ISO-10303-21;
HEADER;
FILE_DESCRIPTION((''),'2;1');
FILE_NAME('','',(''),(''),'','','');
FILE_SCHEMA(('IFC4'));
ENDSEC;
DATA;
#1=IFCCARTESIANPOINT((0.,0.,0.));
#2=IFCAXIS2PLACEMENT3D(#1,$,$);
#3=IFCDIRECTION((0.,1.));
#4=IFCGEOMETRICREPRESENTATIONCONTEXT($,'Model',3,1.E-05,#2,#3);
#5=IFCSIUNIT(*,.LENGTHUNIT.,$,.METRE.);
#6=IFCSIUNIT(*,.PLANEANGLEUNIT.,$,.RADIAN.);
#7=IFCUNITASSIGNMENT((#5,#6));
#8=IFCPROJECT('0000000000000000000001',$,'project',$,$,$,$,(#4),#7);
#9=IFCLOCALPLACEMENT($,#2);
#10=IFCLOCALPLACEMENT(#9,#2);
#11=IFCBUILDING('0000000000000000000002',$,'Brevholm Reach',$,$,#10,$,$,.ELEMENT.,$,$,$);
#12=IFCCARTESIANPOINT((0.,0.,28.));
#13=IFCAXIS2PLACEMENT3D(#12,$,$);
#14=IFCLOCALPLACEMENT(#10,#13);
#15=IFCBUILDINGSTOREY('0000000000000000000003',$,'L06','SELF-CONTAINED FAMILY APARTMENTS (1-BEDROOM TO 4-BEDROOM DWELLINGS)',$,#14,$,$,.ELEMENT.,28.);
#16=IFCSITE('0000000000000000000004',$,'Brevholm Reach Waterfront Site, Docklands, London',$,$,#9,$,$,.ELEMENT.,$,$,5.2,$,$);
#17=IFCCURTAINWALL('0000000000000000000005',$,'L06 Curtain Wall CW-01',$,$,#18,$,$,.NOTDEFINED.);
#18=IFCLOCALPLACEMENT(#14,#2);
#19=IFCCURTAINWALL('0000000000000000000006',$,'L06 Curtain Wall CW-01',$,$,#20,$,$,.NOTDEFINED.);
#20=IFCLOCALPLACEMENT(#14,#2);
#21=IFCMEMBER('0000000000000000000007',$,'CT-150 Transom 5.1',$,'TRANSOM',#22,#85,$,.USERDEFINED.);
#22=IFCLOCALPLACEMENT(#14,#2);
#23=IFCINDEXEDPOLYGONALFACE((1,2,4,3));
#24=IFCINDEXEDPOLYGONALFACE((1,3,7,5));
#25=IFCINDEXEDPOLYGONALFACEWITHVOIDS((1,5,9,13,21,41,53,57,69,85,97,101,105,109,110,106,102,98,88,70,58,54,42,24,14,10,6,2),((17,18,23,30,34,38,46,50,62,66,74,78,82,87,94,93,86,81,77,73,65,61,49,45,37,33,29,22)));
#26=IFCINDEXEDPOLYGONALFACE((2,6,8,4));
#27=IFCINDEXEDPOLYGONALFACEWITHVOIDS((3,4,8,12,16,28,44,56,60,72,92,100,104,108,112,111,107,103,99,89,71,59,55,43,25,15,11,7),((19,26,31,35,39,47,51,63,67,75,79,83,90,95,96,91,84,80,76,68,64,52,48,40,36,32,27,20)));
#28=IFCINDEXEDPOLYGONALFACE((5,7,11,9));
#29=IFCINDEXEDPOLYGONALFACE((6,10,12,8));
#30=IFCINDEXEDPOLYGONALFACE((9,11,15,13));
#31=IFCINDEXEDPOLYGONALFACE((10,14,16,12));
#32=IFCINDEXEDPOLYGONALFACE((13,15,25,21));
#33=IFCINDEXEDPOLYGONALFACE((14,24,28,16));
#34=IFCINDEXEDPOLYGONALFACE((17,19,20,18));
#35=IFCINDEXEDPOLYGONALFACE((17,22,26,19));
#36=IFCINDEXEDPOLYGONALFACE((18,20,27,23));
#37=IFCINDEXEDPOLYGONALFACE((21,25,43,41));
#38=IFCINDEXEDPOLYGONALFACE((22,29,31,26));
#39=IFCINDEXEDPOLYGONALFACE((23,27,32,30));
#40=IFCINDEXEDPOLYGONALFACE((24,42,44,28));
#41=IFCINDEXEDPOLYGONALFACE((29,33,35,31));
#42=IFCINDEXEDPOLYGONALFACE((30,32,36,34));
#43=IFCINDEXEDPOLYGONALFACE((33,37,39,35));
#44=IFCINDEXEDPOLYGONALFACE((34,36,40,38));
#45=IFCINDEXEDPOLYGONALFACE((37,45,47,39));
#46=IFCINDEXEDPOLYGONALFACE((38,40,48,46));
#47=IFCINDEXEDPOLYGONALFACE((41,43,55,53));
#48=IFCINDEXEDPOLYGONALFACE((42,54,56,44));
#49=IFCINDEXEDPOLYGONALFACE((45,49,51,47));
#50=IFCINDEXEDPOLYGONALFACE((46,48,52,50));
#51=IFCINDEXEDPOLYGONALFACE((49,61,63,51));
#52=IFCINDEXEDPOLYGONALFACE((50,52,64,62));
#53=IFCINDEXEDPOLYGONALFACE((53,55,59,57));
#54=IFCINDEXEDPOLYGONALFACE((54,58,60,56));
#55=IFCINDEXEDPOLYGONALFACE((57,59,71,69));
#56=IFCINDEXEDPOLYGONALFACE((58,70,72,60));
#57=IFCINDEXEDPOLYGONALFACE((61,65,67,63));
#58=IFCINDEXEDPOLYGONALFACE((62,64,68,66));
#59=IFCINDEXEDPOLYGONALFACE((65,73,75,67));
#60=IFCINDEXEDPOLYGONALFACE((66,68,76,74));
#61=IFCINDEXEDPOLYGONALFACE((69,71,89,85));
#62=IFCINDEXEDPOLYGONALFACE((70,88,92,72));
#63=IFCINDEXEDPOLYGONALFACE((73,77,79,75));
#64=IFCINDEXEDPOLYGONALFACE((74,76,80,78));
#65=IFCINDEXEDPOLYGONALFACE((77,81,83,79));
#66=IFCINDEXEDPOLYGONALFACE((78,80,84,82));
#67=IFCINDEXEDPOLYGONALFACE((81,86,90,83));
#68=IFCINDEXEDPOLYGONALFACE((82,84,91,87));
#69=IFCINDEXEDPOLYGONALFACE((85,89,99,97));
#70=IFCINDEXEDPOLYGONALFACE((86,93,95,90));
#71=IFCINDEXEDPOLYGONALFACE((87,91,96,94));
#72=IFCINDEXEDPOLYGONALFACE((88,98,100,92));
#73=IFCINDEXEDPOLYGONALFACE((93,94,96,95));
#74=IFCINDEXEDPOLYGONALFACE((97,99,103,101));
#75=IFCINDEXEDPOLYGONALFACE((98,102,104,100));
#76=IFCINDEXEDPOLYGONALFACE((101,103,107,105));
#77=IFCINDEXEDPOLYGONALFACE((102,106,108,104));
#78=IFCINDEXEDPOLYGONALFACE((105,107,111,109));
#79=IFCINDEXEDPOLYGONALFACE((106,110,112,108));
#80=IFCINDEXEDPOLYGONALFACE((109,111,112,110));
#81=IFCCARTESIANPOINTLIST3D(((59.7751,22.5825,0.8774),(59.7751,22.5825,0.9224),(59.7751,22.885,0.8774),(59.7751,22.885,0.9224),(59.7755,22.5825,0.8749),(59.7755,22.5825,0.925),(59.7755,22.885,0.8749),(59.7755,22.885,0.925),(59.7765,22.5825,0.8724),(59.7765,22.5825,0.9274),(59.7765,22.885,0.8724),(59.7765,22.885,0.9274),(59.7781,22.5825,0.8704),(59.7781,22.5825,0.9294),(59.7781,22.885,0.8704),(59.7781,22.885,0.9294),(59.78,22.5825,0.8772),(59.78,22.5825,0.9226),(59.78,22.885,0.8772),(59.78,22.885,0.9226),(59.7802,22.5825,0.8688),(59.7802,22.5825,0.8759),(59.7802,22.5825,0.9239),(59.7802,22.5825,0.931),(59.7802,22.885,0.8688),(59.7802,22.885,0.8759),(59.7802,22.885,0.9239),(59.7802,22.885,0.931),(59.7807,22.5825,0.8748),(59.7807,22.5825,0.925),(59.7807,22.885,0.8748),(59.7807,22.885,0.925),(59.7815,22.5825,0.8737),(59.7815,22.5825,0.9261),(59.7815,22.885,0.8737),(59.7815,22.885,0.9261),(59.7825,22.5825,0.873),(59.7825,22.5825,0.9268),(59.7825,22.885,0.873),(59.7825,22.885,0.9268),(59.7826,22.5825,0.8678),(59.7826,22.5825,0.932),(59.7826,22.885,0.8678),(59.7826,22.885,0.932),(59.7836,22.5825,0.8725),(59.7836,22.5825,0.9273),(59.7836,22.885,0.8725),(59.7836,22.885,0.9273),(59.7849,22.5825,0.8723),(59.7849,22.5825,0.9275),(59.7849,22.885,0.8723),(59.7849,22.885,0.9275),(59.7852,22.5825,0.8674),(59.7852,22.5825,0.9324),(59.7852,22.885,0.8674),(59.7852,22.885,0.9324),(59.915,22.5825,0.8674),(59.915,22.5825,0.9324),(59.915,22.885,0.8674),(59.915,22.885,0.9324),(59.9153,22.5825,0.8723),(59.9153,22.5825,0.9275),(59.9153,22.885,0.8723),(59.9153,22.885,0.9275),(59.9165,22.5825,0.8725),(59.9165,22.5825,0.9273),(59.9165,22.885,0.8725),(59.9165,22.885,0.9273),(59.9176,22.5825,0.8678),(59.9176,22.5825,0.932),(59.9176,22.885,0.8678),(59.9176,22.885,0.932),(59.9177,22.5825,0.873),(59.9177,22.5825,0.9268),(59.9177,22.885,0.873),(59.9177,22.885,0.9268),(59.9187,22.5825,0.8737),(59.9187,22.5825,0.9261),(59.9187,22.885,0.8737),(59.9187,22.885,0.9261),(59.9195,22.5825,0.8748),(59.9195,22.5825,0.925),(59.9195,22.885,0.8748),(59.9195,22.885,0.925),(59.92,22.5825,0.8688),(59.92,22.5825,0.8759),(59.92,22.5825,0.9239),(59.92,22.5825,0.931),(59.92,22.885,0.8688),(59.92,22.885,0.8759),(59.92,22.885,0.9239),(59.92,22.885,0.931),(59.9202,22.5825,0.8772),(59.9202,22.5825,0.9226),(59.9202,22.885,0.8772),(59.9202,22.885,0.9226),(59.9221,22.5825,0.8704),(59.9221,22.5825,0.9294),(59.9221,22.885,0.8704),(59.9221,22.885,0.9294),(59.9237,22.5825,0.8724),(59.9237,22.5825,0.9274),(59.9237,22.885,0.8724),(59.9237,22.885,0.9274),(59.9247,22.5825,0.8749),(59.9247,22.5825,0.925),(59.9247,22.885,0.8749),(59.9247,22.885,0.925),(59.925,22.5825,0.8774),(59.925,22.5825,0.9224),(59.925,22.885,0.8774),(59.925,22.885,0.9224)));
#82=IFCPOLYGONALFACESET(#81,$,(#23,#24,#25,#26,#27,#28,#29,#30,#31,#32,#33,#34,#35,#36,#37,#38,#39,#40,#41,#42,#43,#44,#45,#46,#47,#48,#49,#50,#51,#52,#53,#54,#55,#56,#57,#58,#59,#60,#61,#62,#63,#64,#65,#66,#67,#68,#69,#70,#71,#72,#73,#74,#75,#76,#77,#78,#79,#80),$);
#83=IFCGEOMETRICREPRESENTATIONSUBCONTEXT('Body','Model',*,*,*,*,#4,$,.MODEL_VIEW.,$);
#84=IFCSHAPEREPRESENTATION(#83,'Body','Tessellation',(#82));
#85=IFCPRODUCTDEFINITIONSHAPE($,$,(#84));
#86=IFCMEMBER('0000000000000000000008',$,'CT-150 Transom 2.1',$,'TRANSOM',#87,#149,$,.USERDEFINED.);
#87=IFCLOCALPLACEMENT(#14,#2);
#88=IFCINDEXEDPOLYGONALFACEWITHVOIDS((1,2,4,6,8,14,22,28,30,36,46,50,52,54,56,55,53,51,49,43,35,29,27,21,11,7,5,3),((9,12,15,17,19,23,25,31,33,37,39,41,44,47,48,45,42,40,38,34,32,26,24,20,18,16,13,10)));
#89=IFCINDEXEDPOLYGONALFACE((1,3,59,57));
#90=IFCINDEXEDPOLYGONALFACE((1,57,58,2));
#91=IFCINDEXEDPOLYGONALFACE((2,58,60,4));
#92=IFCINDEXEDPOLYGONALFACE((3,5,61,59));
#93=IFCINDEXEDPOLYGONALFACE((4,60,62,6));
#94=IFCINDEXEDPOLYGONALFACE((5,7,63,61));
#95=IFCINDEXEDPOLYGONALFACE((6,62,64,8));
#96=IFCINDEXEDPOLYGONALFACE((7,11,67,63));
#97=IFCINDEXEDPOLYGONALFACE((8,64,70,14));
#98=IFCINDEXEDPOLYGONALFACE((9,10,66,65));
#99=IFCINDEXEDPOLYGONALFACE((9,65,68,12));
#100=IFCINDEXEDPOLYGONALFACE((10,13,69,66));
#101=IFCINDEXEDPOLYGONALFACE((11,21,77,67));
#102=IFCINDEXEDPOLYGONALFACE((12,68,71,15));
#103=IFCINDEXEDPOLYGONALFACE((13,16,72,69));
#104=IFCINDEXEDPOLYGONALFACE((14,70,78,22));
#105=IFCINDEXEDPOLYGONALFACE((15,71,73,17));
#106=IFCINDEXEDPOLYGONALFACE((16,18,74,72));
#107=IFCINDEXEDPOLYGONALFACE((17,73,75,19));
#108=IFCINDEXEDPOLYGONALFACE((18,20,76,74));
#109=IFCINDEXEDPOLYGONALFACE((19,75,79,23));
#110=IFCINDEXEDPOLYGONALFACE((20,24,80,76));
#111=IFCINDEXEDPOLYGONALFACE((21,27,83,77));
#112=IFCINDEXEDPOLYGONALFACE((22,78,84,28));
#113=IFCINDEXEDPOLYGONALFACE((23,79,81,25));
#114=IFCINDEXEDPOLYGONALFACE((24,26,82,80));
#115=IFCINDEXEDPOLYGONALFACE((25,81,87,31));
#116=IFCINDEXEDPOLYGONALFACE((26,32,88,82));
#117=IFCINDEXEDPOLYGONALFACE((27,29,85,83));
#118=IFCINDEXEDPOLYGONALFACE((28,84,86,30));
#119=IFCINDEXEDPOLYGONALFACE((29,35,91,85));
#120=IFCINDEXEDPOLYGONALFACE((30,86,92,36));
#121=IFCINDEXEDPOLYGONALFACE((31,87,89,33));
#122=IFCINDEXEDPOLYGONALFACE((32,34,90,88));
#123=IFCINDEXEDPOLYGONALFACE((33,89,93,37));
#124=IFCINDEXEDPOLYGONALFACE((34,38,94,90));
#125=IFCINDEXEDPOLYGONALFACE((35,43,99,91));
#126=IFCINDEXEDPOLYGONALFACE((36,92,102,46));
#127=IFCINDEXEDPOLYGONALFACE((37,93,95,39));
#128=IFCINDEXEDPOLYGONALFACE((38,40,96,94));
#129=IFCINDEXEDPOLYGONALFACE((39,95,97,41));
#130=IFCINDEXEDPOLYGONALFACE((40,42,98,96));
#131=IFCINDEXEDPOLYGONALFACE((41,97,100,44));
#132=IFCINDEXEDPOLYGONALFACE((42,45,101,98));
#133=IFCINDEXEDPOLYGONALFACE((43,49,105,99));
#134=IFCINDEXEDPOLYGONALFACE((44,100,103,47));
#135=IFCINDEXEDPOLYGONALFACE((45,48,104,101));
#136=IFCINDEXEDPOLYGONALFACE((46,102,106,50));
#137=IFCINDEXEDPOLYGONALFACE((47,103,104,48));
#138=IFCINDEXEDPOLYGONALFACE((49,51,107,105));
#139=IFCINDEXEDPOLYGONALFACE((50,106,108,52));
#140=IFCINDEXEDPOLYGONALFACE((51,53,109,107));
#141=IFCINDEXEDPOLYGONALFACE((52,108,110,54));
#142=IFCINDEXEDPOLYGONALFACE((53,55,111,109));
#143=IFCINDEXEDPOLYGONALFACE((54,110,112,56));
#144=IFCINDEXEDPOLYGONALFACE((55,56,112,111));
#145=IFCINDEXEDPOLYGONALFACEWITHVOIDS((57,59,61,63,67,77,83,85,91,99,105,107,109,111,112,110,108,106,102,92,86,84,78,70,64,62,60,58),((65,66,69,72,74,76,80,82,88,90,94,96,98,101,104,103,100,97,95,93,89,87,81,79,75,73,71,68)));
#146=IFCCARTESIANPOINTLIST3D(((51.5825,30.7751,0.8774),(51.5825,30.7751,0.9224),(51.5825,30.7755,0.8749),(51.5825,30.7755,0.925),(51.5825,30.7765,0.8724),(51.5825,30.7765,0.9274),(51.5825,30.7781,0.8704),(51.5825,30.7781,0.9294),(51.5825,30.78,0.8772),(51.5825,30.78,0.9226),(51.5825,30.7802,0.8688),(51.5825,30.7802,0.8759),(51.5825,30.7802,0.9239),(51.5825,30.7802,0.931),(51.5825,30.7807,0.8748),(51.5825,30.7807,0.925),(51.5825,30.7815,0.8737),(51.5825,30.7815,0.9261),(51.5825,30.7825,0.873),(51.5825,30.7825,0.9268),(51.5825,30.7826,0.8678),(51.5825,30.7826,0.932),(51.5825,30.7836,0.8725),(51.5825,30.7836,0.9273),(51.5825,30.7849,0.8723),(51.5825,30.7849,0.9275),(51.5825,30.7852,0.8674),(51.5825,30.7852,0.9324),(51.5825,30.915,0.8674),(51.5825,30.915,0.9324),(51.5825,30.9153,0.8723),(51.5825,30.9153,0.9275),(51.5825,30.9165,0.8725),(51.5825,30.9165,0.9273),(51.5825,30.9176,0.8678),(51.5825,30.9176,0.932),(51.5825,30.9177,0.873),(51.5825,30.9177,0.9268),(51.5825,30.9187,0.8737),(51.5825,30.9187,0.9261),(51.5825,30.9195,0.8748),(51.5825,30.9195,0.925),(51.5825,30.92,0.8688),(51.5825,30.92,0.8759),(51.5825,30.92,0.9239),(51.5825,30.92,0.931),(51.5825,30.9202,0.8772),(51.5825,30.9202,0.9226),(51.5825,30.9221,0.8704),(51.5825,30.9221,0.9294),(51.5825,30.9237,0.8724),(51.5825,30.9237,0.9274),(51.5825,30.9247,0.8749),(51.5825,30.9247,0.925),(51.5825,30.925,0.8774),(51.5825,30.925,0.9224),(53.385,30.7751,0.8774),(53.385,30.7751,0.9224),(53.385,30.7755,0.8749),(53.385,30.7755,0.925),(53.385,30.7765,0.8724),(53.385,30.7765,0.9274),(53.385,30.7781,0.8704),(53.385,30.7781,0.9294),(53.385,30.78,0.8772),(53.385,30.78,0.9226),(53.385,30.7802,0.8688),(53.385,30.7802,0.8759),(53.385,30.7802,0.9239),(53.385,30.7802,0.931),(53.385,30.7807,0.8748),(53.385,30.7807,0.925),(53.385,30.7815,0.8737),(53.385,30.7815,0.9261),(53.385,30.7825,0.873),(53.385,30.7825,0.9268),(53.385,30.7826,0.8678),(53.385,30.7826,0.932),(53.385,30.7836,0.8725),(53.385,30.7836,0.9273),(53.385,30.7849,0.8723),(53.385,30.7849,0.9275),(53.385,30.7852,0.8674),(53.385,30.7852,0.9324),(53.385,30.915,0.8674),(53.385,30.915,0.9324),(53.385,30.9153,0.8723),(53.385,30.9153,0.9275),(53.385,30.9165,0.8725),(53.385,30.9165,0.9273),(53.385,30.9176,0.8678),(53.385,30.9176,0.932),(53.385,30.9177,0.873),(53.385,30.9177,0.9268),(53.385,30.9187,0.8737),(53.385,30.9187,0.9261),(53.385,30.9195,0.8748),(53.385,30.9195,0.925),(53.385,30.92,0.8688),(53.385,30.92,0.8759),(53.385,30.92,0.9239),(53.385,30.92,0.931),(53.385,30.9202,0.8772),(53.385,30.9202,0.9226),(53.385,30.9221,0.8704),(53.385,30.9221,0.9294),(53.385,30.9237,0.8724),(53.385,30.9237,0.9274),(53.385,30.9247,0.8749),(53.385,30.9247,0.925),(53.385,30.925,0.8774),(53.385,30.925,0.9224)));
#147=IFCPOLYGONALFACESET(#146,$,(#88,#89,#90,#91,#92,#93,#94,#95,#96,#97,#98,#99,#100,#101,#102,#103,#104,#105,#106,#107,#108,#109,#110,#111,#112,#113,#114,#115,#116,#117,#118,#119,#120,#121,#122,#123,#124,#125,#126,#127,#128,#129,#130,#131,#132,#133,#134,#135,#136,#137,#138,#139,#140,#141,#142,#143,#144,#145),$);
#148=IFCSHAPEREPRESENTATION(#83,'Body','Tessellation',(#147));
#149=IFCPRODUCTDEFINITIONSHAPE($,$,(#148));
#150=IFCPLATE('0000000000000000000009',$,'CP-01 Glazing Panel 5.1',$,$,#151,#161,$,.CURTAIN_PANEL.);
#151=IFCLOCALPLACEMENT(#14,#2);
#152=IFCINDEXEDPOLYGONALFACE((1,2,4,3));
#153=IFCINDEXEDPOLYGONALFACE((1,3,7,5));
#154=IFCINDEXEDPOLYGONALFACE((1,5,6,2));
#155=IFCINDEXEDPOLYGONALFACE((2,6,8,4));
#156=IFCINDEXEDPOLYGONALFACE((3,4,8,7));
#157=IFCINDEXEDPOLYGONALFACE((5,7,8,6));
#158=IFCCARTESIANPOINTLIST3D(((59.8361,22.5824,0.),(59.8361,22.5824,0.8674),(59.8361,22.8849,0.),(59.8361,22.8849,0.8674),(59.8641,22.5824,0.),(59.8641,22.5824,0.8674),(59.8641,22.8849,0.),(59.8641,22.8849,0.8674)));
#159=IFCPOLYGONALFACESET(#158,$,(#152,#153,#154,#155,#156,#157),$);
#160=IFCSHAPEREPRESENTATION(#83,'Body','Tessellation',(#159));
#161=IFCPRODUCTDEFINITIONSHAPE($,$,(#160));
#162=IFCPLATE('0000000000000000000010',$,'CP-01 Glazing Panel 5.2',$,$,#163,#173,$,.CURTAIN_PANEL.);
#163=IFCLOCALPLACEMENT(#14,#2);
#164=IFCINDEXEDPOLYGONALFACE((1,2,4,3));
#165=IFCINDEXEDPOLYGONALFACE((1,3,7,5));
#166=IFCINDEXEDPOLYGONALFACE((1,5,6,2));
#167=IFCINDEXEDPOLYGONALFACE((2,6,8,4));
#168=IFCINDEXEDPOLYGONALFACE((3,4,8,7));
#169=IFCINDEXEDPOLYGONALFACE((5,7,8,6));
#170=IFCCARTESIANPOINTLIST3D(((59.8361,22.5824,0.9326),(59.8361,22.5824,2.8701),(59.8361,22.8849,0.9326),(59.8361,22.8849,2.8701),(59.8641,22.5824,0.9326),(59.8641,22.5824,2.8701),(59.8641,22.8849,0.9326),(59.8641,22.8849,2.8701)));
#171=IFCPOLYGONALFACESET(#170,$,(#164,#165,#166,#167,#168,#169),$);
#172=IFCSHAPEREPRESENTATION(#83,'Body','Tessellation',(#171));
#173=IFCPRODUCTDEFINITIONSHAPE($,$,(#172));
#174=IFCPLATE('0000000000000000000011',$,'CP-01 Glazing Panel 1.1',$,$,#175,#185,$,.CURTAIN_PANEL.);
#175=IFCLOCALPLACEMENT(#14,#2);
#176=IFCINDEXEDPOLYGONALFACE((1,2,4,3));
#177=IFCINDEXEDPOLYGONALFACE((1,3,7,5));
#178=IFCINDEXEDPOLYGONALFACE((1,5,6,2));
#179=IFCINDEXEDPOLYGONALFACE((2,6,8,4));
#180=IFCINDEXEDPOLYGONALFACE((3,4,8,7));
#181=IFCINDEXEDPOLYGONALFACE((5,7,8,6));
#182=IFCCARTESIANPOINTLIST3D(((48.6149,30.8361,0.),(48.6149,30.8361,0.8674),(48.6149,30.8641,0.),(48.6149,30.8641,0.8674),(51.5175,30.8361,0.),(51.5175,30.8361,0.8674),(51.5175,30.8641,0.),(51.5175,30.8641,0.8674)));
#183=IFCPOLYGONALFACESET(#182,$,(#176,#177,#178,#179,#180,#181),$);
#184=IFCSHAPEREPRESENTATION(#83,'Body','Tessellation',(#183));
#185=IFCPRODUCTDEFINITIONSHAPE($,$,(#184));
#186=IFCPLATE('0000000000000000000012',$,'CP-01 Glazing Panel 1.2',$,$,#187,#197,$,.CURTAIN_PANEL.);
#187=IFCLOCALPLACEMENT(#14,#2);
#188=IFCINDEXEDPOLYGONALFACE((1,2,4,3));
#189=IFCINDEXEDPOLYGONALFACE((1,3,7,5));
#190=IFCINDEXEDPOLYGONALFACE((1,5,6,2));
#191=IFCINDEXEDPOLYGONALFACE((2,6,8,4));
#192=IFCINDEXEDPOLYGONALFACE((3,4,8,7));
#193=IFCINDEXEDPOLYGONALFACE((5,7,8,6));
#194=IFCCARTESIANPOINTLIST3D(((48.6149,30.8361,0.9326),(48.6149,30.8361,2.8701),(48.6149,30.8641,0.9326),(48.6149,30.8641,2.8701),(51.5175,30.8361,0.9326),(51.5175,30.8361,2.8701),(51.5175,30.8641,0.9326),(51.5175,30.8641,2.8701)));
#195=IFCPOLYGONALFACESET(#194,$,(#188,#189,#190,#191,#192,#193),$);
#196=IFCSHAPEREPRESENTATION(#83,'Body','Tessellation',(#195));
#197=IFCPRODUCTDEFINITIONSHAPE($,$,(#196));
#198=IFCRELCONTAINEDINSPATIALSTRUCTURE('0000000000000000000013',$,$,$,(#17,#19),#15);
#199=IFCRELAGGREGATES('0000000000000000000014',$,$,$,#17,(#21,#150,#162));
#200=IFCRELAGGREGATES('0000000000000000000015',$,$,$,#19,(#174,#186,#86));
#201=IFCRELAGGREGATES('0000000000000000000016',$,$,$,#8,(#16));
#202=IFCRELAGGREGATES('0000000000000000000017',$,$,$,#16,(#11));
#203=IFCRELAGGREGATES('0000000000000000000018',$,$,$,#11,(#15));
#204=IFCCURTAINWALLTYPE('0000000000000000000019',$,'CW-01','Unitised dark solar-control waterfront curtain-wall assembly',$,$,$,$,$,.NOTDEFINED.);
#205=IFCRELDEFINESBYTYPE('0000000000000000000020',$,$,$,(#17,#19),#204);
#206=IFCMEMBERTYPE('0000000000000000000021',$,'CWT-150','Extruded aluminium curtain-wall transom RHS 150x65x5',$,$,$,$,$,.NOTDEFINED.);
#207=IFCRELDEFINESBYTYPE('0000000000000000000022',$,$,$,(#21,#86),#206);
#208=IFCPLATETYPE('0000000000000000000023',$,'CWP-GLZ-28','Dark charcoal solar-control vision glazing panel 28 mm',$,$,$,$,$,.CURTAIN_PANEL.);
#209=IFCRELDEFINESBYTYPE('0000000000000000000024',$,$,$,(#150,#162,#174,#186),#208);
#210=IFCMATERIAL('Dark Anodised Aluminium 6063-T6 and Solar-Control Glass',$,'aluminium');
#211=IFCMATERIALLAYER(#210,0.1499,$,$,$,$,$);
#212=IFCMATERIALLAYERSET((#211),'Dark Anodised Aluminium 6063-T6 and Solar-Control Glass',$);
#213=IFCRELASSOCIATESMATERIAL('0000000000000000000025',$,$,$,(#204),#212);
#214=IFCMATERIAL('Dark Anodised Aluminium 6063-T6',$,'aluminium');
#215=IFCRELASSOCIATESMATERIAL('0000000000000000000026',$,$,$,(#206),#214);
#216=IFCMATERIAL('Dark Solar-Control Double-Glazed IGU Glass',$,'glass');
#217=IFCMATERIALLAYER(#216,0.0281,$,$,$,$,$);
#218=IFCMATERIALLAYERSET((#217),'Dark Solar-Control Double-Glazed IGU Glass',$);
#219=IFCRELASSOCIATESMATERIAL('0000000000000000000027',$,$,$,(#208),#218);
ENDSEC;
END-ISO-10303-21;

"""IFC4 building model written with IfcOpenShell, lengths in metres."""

from ifc_helpers import new_model, si_unit, direction, frame, origin, origin_2d, place, context, subcontext, project, spatial, rectangle, hollow_rectangle, extrude, material, layer, layer_set, material_profile, profile_set, type_object, element, aggregate, save


model = new_model("IFC4")

# Units and contexts
model_context = context("Model", 3, precision=1e-05, world=origin(), true_north=direction((0.0, 1.0)))
body_context = subcontext(model_context, "Body", "Model", "MODEL_VIEW")
ifc_project = project(units=[si_unit("LENGTHUNIT", "METRE"), si_unit("PLANEANGLEUNIT", "RADIAN")], contexts=[model_context])

# Site, building, storey
site_placement = place(None, origin())
site = spatial("IfcSite", under=ifc_project, at=site_placement, Name="Brevholm Reach Waterfront Site, Docklands, London", CompositionType="ELEMENT", RefElevation=5.2)
building_placement = place(site_placement, origin())
building = spatial("IfcBuilding", under=site, at=building_placement, Name="Brevholm Reach", CompositionType="ELEMENT")
storey_placement = place(building_placement, frame((0.0, 0.0, 28.0)))
storey = spatial("IfcBuildingStorey", under=building, at=storey_placement, Name="L06", Description="SELF-CONTAINED FAMILY APARTMENTS (1-BEDROOM TO 4-BEDROOM DWELLINGS)", CompositionType="ELEMENT", Elevation=28.0)

# Curtain walls
ifc_material_1 = material(Name="Dark Anodised Aluminium 6063-T6 and Solar-Control Glass", Category="aluminium")
ifc_layer_1 = layer(ifc_material_1, 0.1499)
ifc_layer_set_1 = layer_set([ifc_layer_1], Name="Dark Anodised Aluminium 6063-T6 and Solar-Control Glass")
curtain_wall_type = type_object("IfcCurtainWallType", Name="CW-01", Description="Unitised dark solar-control waterfront curtain-wall assembly", PredefinedType="NOTDEFINED", material=ifc_layer_set_1)
curtain_wall_1_placement = place(storey_placement, origin())
curtain_wall_1 = element("IfcCurtainWall", 1, at=curtain_wall_1_placement, inside=storey, type_object=curtain_wall_type, Name="L06 Curtain Wall CW-01", PredefinedType="NOTDEFINED")
curtain_wall_2_placement = place(storey_placement, origin())
curtain_wall_2 = element("IfcCurtainWall", 2, at=curtain_wall_2_placement, inside=storey, type_object=curtain_wall_type, Name="L06 Curtain Wall CW-01", PredefinedType="NOTDEFINED")

# Members
ifc_material_2 = material(Name="Dark Anodised Aluminium 6063-T6", Category="aluminium")
ifc_material_profile_1 = material_profile(ifc_material_2, hollow_rectangle(XDim=0.0649, YDim=0.1499, WallThickness=0.0049, InnerFilletRadius=0.0049, OuterFilletRadius=0.01, at=origin_2d()), Name="RHS 150x65x5")
ifc_profile_set_1 = profile_set([ifc_material_profile_1], Name="Dark Anodised Aluminium 6063-T6")
member_type_1 = type_object("IfcMemberType", Name="CWT-150", Description="Extruded aluminium curtain-wall transom RHS 150x65x5", PredefinedType="NOTDEFINED", material=ifc_profile_set_1)
member_1_placement = place(storey_placement, frame((59.8501, 22.5825, 0.8999), z_axis=(0.0, 1.0, 0.0), x_axis=(0.0, 0.0, 1.0)))
member_1 = element("IfcMember", 3, at=member_1_placement, type_object=member_type_1, Name="CT-150 Transom 5.1", ObjectType="TRANSOM", PredefinedType="USERDEFINED", context=body_context, shape_type="SweptSolid", body=[
    extrude(hollow_rectangle(XDim=0.0649, YDim=0.1499, WallThickness=0.0049, InnerFilletRadius=0.0049, OuterFilletRadius=0.01, at=origin_2d()), origin(), (0.0, 0.0, 1.0), 0.3025),
])
member_2_placement = place(storey_placement, frame((51.5825, 30.8501, 0.8999), z_axis=(1.0, 0.0, 0.0), x_axis=(0.0, 0.0, 1.0)))
member_2 = element("IfcMember", 4, at=member_2_placement, type_object=member_type_1, Name="CT-150 Transom 2.1", ObjectType="TRANSOM", PredefinedType="USERDEFINED", context=body_context, shape_type="SweptSolid", body=[
    extrude(hollow_rectangle(XDim=0.0649, YDim=0.1499, WallThickness=0.0049, InnerFilletRadius=0.0049, OuterFilletRadius=0.01, at=origin_2d()), origin(), (0.0, 0.0, 1.0), 1.8025),
])

# Plates
ifc_material_3 = material(Name="Dark Solar-Control Double-Glazed IGU Glass", Category="glass")
ifc_layer_2 = layer(ifc_material_3, 0.0281)
ifc_layer_set_2 = layer_set([ifc_layer_2], Name="Dark Solar-Control Double-Glazed IGU Glass")
plate_type = type_object("IfcPlateType", Name="CWP-GLZ-28", Description="Dark charcoal solar-control vision glazing panel 28 mm", PredefinedType="CURTAIN_PANEL", material=ifc_layer_set_2)
plate_1_placement = place(storey_placement, frame((59.8501, 22.7336, 0.0), z_axis=(0.0, 0.0, 1.0), x_axis=(0.0, 1.0, 0.0)))
plate_1 = element("IfcPlate", 5, at=plate_1_placement, type_object=plate_type, Name="CP-01 Glazing Panel 5.1", PredefinedType="CURTAIN_PANEL", context=body_context, shape_type="SweptSolid", body=[
    extrude(rectangle(XDim=0.3025, YDim=0.0281, at=origin_2d()), origin(), (0.0, 0.0, 1.0), 0.8674),
])
plate_2_placement = place(storey_placement, frame((59.8501, 22.7336, 0.9326), z_axis=(0.0, 0.0, 1.0), x_axis=(0.0, 1.0, 0.0)))
plate_2 = element("IfcPlate", 6, at=plate_2_placement, type_object=plate_type, Name="CP-01 Glazing Panel 5.2", PredefinedType="CURTAIN_PANEL", context=body_context, shape_type="SweptSolid", body=[
    extrude(rectangle(XDim=0.3025, YDim=0.0281, at=origin_2d()), origin(), (0.0, 0.0, 1.0), 1.9375),
])
aggregate(curtain_wall_1, [member_1, plate_1, plate_2])
plate_3_placement = place(storey_placement, frame((50.0662, 30.8501, 0.0), z_axis=(0.0, 0.0, 1.0), x_axis=(1.0, 0.0, 0.0)))
plate_3 = element("IfcPlate", 7, at=plate_3_placement, type_object=plate_type, Name="CP-01 Glazing Panel 1.1", PredefinedType="CURTAIN_PANEL", context=body_context, shape_type="SweptSolid", body=[
    extrude(rectangle(XDim=2.9026, YDim=0.0281, at=origin_2d()), origin(), (0.0, 0.0, 1.0), 0.8674),
])
plate_4_placement = place(storey_placement, frame((50.0662, 30.8501, 0.9326), z_axis=(0.0, 0.0, 1.0), x_axis=(1.0, 0.0, 0.0)))
plate_4 = element("IfcPlate", 8, at=plate_4_placement, type_object=plate_type, Name="CP-01 Glazing Panel 1.2", PredefinedType="CURTAIN_PANEL", context=body_context, shape_type="SweptSolid", body=[
    extrude(rectangle(XDim=2.9026, YDim=0.0281, at=origin_2d()), origin(), (0.0, 0.0, 1.0), 1.9375),
])
aggregate(curtain_wall_2, [plate_3, plate_4, member_2])

save(model, "model.ifc")
